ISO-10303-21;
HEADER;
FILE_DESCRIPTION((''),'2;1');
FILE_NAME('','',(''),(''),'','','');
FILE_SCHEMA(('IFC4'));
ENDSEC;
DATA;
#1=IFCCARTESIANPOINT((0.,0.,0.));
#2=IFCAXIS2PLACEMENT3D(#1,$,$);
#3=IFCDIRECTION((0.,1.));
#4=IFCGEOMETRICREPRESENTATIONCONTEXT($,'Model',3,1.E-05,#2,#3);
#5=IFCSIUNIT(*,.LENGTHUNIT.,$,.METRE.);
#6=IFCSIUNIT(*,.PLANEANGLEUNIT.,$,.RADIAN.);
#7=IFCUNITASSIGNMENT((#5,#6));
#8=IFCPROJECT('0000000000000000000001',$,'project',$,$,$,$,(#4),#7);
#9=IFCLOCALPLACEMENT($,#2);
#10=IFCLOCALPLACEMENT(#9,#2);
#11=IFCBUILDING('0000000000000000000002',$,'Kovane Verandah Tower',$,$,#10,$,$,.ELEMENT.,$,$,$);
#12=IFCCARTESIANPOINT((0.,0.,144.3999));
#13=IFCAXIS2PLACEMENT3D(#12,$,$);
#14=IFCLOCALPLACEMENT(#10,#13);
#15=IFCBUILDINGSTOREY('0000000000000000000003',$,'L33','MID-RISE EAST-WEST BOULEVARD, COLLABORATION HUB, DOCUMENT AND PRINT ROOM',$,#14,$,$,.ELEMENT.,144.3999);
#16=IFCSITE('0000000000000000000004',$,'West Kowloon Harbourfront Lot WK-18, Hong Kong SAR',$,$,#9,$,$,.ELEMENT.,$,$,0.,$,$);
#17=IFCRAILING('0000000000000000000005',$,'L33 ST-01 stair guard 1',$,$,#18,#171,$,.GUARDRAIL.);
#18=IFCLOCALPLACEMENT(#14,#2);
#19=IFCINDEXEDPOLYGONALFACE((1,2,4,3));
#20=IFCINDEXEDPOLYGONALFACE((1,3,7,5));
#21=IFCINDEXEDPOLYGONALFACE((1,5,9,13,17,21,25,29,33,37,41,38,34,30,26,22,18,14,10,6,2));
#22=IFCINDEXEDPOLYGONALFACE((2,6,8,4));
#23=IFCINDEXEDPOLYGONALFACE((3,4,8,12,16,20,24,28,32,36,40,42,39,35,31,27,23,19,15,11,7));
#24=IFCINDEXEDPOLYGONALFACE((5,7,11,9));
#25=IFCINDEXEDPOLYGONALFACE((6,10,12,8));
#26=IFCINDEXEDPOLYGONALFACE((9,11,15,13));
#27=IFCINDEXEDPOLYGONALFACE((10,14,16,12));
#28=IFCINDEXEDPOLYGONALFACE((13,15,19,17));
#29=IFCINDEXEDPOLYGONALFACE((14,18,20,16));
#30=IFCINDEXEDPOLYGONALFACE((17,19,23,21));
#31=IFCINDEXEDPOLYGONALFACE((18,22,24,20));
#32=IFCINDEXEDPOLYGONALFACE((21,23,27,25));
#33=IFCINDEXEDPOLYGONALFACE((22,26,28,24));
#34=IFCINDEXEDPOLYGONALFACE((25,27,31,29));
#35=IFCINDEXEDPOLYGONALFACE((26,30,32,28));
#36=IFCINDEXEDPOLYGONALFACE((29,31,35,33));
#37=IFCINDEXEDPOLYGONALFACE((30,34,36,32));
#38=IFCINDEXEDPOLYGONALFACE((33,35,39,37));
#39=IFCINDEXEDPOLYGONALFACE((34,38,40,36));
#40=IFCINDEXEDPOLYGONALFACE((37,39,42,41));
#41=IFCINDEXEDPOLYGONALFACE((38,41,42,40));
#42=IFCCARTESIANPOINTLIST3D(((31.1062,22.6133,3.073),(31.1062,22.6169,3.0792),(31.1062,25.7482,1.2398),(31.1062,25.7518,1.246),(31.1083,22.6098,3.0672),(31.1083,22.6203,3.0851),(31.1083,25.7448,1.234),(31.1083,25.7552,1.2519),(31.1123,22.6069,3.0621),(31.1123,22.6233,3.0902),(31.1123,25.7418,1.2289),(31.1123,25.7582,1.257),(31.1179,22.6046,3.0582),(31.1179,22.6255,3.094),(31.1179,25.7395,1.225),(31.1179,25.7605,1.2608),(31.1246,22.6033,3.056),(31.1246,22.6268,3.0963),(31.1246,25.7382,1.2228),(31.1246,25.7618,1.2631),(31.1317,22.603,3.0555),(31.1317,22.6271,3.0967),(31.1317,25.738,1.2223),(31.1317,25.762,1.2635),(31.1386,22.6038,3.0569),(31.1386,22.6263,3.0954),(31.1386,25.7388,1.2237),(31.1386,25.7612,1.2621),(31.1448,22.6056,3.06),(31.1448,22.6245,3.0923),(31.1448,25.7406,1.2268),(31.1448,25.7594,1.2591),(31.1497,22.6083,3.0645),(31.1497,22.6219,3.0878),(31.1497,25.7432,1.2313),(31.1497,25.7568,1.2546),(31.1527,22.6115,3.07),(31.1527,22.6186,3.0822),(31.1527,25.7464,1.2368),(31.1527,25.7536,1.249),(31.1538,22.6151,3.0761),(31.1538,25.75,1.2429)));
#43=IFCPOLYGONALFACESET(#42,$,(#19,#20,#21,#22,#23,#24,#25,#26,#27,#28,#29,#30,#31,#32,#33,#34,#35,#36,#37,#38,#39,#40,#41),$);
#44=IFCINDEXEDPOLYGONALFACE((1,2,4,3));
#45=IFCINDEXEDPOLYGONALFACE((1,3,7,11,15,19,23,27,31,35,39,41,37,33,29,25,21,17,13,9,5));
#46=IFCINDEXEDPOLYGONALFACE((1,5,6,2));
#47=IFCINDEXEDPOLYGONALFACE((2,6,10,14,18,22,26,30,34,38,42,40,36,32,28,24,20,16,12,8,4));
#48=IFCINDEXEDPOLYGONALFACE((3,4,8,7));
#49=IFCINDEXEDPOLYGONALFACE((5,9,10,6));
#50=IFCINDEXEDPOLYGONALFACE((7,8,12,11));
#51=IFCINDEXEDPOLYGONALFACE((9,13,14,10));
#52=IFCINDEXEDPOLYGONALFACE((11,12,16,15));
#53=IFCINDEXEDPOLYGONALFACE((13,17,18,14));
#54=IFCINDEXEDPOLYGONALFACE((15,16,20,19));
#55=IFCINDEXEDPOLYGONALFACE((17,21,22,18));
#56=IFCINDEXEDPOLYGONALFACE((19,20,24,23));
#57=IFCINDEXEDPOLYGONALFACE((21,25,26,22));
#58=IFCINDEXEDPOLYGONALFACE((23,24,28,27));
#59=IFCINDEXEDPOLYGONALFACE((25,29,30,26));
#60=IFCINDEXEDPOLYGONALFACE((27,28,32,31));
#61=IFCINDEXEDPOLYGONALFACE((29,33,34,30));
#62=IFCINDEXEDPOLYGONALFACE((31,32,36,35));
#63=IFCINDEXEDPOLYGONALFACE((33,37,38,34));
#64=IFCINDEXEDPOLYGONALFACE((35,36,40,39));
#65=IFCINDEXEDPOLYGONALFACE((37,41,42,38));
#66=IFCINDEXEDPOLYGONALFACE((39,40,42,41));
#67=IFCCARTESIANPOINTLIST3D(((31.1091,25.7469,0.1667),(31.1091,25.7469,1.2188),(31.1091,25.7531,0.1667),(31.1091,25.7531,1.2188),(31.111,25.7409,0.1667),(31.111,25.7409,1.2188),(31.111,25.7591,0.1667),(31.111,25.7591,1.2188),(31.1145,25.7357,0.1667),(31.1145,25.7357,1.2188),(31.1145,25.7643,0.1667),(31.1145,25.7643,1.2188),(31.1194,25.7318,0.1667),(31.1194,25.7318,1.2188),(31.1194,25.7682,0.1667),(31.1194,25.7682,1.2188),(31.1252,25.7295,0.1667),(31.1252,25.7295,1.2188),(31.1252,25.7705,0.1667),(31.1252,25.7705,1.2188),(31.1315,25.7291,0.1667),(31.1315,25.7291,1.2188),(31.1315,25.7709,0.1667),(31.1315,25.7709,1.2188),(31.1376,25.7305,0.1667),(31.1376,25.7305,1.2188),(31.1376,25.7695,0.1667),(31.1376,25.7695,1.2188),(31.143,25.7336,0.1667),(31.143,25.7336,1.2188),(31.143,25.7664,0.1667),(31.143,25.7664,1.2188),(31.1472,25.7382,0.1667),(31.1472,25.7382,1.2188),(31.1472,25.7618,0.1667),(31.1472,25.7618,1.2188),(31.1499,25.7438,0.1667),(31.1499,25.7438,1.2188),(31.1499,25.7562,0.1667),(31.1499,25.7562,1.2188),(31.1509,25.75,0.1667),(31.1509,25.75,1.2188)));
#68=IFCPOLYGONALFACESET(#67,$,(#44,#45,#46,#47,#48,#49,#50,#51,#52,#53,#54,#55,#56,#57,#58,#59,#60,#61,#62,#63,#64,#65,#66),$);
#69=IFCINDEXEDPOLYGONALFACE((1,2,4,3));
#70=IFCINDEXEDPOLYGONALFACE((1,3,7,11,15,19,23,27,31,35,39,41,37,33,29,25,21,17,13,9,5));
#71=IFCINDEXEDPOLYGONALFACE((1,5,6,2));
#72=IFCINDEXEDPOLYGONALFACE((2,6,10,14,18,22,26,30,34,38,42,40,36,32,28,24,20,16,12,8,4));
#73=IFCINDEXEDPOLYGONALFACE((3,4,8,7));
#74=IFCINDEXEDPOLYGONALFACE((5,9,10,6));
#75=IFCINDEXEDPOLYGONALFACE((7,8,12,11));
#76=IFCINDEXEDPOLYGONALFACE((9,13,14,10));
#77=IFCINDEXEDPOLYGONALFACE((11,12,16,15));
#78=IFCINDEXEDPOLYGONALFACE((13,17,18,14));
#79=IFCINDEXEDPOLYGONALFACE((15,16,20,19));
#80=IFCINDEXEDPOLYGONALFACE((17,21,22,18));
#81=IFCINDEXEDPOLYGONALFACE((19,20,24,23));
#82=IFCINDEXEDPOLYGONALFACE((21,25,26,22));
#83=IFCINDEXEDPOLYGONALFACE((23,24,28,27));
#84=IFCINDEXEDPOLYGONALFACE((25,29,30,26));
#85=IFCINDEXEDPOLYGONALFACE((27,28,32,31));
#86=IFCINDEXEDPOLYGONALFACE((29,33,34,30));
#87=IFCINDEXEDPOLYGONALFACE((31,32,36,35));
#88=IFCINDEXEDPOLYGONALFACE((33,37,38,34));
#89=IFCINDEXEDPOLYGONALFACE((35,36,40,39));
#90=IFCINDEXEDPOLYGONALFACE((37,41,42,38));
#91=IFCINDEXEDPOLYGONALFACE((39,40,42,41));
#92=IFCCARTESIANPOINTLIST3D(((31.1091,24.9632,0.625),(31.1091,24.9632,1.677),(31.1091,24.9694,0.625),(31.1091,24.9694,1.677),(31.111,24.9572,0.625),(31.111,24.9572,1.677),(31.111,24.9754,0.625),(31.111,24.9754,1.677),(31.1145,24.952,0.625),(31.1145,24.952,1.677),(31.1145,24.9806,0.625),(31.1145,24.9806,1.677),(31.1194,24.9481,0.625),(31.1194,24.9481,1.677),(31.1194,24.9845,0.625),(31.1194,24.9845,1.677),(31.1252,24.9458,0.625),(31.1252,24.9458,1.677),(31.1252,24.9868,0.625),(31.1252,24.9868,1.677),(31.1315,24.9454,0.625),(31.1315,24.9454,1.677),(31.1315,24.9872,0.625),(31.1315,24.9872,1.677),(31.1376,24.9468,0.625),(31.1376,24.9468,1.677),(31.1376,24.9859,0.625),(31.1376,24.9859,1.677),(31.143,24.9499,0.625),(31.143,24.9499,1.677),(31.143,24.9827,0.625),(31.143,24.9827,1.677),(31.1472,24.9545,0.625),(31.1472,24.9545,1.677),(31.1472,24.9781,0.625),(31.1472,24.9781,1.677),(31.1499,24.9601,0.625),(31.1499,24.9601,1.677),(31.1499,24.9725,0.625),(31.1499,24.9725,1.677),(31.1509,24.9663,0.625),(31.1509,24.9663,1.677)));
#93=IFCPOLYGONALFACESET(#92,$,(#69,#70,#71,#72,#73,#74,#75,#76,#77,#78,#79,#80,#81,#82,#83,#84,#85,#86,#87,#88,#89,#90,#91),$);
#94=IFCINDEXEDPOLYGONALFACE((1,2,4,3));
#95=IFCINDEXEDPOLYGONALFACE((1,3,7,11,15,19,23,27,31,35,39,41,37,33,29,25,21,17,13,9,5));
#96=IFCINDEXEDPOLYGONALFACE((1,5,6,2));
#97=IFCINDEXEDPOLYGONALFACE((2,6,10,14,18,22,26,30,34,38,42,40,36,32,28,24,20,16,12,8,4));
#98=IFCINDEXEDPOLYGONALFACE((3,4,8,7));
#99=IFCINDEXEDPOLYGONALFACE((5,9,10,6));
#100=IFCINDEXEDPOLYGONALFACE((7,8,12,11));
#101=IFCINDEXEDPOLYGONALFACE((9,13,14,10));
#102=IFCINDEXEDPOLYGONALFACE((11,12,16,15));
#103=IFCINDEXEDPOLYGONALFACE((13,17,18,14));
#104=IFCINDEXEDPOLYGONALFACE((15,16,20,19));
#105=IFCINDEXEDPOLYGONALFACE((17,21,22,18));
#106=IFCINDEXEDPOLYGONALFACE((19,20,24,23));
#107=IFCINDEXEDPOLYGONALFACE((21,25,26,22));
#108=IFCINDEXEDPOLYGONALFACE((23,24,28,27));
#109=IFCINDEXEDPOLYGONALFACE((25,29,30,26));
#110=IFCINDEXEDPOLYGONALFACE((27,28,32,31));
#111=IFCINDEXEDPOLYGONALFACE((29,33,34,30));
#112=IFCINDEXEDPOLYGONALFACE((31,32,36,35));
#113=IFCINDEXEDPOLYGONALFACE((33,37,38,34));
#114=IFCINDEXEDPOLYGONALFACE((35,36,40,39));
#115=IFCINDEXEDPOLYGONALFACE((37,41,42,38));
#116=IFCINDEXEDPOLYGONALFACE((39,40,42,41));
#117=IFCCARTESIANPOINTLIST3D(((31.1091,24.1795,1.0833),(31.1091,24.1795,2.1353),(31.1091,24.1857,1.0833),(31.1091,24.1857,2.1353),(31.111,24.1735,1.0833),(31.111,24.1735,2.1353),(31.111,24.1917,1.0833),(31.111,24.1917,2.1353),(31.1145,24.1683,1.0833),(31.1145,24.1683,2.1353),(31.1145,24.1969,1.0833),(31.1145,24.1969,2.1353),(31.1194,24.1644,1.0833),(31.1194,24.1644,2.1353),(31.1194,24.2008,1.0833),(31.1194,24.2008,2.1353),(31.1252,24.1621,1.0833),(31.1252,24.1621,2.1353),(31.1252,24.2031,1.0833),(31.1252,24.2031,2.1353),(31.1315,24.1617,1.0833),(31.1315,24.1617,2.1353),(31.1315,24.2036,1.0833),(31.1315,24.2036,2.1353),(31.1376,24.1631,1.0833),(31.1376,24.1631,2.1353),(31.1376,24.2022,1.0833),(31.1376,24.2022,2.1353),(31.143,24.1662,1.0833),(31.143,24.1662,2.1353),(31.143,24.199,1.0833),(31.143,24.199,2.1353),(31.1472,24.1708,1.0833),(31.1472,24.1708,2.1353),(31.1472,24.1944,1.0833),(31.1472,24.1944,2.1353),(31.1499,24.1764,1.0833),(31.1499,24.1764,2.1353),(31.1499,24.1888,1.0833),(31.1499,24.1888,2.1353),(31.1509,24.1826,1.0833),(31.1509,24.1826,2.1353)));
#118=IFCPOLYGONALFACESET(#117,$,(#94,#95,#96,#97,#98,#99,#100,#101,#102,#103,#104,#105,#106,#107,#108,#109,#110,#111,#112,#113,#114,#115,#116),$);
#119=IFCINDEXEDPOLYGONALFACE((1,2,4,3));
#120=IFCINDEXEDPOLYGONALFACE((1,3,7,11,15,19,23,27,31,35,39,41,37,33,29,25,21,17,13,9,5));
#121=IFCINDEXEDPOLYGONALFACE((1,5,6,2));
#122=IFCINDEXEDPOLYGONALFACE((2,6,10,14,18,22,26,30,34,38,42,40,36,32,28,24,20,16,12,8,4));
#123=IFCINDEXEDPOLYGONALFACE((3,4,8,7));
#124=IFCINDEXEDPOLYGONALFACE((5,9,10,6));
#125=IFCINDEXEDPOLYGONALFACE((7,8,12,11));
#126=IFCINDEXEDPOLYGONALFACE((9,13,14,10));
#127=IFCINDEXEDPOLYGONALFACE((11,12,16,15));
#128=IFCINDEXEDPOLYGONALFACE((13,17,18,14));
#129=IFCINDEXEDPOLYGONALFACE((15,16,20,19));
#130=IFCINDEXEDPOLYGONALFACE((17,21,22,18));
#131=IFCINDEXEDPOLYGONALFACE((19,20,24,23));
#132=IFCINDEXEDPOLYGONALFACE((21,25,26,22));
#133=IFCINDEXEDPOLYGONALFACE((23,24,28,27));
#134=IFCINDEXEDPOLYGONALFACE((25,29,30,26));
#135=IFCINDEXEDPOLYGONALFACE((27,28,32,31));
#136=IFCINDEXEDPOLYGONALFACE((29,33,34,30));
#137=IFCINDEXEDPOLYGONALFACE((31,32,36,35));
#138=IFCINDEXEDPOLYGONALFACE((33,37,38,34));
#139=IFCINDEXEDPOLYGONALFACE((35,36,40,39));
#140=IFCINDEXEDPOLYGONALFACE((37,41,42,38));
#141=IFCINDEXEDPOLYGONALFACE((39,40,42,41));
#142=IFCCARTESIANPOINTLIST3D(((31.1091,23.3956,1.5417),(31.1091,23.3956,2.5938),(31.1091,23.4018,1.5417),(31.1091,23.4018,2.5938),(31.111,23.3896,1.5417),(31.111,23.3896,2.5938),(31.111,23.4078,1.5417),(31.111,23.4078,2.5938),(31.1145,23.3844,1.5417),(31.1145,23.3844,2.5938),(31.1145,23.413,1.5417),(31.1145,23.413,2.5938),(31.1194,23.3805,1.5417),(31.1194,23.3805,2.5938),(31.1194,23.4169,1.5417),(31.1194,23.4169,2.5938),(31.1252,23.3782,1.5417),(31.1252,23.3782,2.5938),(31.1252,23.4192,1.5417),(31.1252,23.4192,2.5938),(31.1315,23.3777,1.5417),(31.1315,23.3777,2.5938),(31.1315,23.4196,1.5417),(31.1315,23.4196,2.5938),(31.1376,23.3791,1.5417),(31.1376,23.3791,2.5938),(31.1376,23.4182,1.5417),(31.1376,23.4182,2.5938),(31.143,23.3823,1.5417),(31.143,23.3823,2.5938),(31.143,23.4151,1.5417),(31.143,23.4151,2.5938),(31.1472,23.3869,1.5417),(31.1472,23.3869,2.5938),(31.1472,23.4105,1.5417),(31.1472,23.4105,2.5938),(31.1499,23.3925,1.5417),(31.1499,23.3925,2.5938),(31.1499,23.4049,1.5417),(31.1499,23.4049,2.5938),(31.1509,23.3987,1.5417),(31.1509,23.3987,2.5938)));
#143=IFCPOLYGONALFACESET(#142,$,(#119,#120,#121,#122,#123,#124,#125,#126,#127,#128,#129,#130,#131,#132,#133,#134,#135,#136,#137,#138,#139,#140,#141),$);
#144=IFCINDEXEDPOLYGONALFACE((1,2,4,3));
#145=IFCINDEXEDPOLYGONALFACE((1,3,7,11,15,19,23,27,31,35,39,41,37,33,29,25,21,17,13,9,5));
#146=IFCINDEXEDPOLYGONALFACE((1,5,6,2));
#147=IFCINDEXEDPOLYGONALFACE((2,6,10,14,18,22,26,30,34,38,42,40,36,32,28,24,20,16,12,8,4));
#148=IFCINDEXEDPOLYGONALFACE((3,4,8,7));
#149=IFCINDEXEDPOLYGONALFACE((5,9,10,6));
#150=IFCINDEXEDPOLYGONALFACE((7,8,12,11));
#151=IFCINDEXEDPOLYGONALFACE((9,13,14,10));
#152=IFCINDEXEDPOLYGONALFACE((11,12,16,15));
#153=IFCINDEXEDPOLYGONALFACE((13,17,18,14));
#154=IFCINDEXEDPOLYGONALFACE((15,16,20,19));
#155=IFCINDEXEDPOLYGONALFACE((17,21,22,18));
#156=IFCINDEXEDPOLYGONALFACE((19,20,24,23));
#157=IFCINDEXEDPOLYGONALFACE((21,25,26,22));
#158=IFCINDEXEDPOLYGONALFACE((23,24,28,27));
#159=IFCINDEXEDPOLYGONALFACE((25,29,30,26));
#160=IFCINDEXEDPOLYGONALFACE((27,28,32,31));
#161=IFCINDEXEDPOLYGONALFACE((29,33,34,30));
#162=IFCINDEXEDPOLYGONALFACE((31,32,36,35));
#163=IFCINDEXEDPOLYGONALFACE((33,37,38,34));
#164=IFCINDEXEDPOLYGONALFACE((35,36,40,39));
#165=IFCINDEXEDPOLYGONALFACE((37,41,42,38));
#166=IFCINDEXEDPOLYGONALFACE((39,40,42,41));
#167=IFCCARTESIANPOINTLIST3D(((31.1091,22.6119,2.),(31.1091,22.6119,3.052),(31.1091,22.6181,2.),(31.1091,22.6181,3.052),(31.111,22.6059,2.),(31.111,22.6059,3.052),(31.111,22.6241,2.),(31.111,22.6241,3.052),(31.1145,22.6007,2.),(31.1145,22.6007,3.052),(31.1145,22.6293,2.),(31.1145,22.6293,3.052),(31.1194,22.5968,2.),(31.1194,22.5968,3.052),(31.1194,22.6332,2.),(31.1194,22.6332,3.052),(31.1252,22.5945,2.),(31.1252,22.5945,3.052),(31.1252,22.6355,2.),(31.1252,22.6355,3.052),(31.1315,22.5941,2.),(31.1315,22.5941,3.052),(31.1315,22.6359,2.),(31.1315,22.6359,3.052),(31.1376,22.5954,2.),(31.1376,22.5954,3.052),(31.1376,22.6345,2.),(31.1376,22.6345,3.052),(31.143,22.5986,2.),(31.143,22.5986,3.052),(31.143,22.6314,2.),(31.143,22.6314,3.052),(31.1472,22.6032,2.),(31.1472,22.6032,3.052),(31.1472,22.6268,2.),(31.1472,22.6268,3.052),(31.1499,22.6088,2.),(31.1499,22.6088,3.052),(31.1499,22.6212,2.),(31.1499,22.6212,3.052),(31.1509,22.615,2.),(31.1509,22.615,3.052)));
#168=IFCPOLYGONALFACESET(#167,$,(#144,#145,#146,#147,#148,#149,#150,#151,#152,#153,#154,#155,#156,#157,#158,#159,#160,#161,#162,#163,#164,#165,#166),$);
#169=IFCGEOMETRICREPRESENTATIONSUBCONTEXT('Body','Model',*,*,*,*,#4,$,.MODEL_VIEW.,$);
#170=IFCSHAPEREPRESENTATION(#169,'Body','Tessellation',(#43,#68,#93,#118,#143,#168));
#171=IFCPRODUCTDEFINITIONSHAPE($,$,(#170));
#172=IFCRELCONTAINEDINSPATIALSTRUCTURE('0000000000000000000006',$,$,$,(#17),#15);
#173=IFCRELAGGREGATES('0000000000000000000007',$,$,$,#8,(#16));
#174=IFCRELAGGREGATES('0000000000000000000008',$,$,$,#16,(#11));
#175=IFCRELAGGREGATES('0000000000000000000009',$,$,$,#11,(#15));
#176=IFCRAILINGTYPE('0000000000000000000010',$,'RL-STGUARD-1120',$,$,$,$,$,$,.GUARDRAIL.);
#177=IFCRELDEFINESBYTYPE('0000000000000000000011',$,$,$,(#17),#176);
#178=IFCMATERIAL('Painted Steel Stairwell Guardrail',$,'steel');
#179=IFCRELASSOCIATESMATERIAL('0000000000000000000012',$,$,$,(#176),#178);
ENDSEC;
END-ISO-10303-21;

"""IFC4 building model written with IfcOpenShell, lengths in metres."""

from ifc_helpers import new_model, si_unit, direction, frame, origin, origin_2d, place, context, subcontext, project, spatial, circle, extrude, material, type_object, element, save


model = new_model("IFC4")

# Units and contexts
model_context = context("Model", 3, precision=1e-05, world=origin(), true_north=direction((0.0, 1.0)))
body_context = subcontext(model_context, "Body", "Model", "MODEL_VIEW")
ifc_project = project(units=[si_unit("LENGTHUNIT", "METRE"), si_unit("PLANEANGLEUNIT", "RADIAN")], contexts=[model_context])

# Site, building, storey
site_placement = place(None, origin())
site = spatial("IfcSite", under=ifc_project, at=site_placement, Name="West Kowloon Harbourfront Lot WK-18, Hong Kong SAR", CompositionType="ELEMENT", RefElevation=0.0)
building_placement = place(site_placement, origin())
building = spatial("IfcBuilding", under=site, at=building_placement, Name="Kovane Verandah Tower", CompositionType="ELEMENT")
storey_placement = place(building_placement, frame((0.0, 0.0, 144.3999)))
storey = spatial("IfcBuildingStorey", under=building, at=storey_placement, Name="L33", Description="MID-RISE EAST-WEST BOULEVARD, COLLABORATION HUB, DOCUMENT AND PRINT ROOM", CompositionType="ELEMENT", Elevation=144.3999)

# Railing
ifc_material_1 = material(Name="Painted Steel Stairwell Guardrail", Category="steel")
railing_type_1 = type_object("IfcRailingType", Name="RL-STGUARD-1120", PredefinedType="GUARDRAIL", material=ifc_material_1)
railing_1_placement = place(storey_placement, frame((31.1299, 25.75, 0.1667)))
element("IfcRailing", 1, at=railing_1_placement, inside=storey, type_object=railing_type_1, Name="L33 ST-01 stair guard 1", PredefinedType="GUARDRAIL", context=body_context, shape_type="SweptSolid", body=[
    extrude(circle(Radius=0.0239, at=origin_2d()), frame((0.0, 0.0, 1.0762), z_axis=(0.0, -0.86324, 0.504794), x_axis=(1.0, 0.0, 0.0)), (0.0, 0.0, 1.0), 3.6316),
    extrude(circle(Radius=0.021, at=origin_2d()), origin(), (0.0, 0.0, 1.0), 1.052),
    extrude(circle(Radius=0.021, at=origin_2d()), frame((0.0, -0.7837, 0.4583)), (0.0, 0.0, 1.0), 1.052),
    extrude(circle(Radius=0.021, at=origin_2d()), frame((0.0, -1.5674, 0.9165)), (0.0, 0.0, 1.0), 1.052),
    extrude(circle(Radius=0.021, at=origin_2d()), frame((0.0, -2.3513, 1.375)), (0.0, 0.0, 1.0), 1.052),
    extrude(circle(Radius=0.021, at=origin_2d()), frame((0.0, -3.135, 1.8333)), (0.0, 0.0, 1.0), 1.052),
])

save(model, "model.ifc")
